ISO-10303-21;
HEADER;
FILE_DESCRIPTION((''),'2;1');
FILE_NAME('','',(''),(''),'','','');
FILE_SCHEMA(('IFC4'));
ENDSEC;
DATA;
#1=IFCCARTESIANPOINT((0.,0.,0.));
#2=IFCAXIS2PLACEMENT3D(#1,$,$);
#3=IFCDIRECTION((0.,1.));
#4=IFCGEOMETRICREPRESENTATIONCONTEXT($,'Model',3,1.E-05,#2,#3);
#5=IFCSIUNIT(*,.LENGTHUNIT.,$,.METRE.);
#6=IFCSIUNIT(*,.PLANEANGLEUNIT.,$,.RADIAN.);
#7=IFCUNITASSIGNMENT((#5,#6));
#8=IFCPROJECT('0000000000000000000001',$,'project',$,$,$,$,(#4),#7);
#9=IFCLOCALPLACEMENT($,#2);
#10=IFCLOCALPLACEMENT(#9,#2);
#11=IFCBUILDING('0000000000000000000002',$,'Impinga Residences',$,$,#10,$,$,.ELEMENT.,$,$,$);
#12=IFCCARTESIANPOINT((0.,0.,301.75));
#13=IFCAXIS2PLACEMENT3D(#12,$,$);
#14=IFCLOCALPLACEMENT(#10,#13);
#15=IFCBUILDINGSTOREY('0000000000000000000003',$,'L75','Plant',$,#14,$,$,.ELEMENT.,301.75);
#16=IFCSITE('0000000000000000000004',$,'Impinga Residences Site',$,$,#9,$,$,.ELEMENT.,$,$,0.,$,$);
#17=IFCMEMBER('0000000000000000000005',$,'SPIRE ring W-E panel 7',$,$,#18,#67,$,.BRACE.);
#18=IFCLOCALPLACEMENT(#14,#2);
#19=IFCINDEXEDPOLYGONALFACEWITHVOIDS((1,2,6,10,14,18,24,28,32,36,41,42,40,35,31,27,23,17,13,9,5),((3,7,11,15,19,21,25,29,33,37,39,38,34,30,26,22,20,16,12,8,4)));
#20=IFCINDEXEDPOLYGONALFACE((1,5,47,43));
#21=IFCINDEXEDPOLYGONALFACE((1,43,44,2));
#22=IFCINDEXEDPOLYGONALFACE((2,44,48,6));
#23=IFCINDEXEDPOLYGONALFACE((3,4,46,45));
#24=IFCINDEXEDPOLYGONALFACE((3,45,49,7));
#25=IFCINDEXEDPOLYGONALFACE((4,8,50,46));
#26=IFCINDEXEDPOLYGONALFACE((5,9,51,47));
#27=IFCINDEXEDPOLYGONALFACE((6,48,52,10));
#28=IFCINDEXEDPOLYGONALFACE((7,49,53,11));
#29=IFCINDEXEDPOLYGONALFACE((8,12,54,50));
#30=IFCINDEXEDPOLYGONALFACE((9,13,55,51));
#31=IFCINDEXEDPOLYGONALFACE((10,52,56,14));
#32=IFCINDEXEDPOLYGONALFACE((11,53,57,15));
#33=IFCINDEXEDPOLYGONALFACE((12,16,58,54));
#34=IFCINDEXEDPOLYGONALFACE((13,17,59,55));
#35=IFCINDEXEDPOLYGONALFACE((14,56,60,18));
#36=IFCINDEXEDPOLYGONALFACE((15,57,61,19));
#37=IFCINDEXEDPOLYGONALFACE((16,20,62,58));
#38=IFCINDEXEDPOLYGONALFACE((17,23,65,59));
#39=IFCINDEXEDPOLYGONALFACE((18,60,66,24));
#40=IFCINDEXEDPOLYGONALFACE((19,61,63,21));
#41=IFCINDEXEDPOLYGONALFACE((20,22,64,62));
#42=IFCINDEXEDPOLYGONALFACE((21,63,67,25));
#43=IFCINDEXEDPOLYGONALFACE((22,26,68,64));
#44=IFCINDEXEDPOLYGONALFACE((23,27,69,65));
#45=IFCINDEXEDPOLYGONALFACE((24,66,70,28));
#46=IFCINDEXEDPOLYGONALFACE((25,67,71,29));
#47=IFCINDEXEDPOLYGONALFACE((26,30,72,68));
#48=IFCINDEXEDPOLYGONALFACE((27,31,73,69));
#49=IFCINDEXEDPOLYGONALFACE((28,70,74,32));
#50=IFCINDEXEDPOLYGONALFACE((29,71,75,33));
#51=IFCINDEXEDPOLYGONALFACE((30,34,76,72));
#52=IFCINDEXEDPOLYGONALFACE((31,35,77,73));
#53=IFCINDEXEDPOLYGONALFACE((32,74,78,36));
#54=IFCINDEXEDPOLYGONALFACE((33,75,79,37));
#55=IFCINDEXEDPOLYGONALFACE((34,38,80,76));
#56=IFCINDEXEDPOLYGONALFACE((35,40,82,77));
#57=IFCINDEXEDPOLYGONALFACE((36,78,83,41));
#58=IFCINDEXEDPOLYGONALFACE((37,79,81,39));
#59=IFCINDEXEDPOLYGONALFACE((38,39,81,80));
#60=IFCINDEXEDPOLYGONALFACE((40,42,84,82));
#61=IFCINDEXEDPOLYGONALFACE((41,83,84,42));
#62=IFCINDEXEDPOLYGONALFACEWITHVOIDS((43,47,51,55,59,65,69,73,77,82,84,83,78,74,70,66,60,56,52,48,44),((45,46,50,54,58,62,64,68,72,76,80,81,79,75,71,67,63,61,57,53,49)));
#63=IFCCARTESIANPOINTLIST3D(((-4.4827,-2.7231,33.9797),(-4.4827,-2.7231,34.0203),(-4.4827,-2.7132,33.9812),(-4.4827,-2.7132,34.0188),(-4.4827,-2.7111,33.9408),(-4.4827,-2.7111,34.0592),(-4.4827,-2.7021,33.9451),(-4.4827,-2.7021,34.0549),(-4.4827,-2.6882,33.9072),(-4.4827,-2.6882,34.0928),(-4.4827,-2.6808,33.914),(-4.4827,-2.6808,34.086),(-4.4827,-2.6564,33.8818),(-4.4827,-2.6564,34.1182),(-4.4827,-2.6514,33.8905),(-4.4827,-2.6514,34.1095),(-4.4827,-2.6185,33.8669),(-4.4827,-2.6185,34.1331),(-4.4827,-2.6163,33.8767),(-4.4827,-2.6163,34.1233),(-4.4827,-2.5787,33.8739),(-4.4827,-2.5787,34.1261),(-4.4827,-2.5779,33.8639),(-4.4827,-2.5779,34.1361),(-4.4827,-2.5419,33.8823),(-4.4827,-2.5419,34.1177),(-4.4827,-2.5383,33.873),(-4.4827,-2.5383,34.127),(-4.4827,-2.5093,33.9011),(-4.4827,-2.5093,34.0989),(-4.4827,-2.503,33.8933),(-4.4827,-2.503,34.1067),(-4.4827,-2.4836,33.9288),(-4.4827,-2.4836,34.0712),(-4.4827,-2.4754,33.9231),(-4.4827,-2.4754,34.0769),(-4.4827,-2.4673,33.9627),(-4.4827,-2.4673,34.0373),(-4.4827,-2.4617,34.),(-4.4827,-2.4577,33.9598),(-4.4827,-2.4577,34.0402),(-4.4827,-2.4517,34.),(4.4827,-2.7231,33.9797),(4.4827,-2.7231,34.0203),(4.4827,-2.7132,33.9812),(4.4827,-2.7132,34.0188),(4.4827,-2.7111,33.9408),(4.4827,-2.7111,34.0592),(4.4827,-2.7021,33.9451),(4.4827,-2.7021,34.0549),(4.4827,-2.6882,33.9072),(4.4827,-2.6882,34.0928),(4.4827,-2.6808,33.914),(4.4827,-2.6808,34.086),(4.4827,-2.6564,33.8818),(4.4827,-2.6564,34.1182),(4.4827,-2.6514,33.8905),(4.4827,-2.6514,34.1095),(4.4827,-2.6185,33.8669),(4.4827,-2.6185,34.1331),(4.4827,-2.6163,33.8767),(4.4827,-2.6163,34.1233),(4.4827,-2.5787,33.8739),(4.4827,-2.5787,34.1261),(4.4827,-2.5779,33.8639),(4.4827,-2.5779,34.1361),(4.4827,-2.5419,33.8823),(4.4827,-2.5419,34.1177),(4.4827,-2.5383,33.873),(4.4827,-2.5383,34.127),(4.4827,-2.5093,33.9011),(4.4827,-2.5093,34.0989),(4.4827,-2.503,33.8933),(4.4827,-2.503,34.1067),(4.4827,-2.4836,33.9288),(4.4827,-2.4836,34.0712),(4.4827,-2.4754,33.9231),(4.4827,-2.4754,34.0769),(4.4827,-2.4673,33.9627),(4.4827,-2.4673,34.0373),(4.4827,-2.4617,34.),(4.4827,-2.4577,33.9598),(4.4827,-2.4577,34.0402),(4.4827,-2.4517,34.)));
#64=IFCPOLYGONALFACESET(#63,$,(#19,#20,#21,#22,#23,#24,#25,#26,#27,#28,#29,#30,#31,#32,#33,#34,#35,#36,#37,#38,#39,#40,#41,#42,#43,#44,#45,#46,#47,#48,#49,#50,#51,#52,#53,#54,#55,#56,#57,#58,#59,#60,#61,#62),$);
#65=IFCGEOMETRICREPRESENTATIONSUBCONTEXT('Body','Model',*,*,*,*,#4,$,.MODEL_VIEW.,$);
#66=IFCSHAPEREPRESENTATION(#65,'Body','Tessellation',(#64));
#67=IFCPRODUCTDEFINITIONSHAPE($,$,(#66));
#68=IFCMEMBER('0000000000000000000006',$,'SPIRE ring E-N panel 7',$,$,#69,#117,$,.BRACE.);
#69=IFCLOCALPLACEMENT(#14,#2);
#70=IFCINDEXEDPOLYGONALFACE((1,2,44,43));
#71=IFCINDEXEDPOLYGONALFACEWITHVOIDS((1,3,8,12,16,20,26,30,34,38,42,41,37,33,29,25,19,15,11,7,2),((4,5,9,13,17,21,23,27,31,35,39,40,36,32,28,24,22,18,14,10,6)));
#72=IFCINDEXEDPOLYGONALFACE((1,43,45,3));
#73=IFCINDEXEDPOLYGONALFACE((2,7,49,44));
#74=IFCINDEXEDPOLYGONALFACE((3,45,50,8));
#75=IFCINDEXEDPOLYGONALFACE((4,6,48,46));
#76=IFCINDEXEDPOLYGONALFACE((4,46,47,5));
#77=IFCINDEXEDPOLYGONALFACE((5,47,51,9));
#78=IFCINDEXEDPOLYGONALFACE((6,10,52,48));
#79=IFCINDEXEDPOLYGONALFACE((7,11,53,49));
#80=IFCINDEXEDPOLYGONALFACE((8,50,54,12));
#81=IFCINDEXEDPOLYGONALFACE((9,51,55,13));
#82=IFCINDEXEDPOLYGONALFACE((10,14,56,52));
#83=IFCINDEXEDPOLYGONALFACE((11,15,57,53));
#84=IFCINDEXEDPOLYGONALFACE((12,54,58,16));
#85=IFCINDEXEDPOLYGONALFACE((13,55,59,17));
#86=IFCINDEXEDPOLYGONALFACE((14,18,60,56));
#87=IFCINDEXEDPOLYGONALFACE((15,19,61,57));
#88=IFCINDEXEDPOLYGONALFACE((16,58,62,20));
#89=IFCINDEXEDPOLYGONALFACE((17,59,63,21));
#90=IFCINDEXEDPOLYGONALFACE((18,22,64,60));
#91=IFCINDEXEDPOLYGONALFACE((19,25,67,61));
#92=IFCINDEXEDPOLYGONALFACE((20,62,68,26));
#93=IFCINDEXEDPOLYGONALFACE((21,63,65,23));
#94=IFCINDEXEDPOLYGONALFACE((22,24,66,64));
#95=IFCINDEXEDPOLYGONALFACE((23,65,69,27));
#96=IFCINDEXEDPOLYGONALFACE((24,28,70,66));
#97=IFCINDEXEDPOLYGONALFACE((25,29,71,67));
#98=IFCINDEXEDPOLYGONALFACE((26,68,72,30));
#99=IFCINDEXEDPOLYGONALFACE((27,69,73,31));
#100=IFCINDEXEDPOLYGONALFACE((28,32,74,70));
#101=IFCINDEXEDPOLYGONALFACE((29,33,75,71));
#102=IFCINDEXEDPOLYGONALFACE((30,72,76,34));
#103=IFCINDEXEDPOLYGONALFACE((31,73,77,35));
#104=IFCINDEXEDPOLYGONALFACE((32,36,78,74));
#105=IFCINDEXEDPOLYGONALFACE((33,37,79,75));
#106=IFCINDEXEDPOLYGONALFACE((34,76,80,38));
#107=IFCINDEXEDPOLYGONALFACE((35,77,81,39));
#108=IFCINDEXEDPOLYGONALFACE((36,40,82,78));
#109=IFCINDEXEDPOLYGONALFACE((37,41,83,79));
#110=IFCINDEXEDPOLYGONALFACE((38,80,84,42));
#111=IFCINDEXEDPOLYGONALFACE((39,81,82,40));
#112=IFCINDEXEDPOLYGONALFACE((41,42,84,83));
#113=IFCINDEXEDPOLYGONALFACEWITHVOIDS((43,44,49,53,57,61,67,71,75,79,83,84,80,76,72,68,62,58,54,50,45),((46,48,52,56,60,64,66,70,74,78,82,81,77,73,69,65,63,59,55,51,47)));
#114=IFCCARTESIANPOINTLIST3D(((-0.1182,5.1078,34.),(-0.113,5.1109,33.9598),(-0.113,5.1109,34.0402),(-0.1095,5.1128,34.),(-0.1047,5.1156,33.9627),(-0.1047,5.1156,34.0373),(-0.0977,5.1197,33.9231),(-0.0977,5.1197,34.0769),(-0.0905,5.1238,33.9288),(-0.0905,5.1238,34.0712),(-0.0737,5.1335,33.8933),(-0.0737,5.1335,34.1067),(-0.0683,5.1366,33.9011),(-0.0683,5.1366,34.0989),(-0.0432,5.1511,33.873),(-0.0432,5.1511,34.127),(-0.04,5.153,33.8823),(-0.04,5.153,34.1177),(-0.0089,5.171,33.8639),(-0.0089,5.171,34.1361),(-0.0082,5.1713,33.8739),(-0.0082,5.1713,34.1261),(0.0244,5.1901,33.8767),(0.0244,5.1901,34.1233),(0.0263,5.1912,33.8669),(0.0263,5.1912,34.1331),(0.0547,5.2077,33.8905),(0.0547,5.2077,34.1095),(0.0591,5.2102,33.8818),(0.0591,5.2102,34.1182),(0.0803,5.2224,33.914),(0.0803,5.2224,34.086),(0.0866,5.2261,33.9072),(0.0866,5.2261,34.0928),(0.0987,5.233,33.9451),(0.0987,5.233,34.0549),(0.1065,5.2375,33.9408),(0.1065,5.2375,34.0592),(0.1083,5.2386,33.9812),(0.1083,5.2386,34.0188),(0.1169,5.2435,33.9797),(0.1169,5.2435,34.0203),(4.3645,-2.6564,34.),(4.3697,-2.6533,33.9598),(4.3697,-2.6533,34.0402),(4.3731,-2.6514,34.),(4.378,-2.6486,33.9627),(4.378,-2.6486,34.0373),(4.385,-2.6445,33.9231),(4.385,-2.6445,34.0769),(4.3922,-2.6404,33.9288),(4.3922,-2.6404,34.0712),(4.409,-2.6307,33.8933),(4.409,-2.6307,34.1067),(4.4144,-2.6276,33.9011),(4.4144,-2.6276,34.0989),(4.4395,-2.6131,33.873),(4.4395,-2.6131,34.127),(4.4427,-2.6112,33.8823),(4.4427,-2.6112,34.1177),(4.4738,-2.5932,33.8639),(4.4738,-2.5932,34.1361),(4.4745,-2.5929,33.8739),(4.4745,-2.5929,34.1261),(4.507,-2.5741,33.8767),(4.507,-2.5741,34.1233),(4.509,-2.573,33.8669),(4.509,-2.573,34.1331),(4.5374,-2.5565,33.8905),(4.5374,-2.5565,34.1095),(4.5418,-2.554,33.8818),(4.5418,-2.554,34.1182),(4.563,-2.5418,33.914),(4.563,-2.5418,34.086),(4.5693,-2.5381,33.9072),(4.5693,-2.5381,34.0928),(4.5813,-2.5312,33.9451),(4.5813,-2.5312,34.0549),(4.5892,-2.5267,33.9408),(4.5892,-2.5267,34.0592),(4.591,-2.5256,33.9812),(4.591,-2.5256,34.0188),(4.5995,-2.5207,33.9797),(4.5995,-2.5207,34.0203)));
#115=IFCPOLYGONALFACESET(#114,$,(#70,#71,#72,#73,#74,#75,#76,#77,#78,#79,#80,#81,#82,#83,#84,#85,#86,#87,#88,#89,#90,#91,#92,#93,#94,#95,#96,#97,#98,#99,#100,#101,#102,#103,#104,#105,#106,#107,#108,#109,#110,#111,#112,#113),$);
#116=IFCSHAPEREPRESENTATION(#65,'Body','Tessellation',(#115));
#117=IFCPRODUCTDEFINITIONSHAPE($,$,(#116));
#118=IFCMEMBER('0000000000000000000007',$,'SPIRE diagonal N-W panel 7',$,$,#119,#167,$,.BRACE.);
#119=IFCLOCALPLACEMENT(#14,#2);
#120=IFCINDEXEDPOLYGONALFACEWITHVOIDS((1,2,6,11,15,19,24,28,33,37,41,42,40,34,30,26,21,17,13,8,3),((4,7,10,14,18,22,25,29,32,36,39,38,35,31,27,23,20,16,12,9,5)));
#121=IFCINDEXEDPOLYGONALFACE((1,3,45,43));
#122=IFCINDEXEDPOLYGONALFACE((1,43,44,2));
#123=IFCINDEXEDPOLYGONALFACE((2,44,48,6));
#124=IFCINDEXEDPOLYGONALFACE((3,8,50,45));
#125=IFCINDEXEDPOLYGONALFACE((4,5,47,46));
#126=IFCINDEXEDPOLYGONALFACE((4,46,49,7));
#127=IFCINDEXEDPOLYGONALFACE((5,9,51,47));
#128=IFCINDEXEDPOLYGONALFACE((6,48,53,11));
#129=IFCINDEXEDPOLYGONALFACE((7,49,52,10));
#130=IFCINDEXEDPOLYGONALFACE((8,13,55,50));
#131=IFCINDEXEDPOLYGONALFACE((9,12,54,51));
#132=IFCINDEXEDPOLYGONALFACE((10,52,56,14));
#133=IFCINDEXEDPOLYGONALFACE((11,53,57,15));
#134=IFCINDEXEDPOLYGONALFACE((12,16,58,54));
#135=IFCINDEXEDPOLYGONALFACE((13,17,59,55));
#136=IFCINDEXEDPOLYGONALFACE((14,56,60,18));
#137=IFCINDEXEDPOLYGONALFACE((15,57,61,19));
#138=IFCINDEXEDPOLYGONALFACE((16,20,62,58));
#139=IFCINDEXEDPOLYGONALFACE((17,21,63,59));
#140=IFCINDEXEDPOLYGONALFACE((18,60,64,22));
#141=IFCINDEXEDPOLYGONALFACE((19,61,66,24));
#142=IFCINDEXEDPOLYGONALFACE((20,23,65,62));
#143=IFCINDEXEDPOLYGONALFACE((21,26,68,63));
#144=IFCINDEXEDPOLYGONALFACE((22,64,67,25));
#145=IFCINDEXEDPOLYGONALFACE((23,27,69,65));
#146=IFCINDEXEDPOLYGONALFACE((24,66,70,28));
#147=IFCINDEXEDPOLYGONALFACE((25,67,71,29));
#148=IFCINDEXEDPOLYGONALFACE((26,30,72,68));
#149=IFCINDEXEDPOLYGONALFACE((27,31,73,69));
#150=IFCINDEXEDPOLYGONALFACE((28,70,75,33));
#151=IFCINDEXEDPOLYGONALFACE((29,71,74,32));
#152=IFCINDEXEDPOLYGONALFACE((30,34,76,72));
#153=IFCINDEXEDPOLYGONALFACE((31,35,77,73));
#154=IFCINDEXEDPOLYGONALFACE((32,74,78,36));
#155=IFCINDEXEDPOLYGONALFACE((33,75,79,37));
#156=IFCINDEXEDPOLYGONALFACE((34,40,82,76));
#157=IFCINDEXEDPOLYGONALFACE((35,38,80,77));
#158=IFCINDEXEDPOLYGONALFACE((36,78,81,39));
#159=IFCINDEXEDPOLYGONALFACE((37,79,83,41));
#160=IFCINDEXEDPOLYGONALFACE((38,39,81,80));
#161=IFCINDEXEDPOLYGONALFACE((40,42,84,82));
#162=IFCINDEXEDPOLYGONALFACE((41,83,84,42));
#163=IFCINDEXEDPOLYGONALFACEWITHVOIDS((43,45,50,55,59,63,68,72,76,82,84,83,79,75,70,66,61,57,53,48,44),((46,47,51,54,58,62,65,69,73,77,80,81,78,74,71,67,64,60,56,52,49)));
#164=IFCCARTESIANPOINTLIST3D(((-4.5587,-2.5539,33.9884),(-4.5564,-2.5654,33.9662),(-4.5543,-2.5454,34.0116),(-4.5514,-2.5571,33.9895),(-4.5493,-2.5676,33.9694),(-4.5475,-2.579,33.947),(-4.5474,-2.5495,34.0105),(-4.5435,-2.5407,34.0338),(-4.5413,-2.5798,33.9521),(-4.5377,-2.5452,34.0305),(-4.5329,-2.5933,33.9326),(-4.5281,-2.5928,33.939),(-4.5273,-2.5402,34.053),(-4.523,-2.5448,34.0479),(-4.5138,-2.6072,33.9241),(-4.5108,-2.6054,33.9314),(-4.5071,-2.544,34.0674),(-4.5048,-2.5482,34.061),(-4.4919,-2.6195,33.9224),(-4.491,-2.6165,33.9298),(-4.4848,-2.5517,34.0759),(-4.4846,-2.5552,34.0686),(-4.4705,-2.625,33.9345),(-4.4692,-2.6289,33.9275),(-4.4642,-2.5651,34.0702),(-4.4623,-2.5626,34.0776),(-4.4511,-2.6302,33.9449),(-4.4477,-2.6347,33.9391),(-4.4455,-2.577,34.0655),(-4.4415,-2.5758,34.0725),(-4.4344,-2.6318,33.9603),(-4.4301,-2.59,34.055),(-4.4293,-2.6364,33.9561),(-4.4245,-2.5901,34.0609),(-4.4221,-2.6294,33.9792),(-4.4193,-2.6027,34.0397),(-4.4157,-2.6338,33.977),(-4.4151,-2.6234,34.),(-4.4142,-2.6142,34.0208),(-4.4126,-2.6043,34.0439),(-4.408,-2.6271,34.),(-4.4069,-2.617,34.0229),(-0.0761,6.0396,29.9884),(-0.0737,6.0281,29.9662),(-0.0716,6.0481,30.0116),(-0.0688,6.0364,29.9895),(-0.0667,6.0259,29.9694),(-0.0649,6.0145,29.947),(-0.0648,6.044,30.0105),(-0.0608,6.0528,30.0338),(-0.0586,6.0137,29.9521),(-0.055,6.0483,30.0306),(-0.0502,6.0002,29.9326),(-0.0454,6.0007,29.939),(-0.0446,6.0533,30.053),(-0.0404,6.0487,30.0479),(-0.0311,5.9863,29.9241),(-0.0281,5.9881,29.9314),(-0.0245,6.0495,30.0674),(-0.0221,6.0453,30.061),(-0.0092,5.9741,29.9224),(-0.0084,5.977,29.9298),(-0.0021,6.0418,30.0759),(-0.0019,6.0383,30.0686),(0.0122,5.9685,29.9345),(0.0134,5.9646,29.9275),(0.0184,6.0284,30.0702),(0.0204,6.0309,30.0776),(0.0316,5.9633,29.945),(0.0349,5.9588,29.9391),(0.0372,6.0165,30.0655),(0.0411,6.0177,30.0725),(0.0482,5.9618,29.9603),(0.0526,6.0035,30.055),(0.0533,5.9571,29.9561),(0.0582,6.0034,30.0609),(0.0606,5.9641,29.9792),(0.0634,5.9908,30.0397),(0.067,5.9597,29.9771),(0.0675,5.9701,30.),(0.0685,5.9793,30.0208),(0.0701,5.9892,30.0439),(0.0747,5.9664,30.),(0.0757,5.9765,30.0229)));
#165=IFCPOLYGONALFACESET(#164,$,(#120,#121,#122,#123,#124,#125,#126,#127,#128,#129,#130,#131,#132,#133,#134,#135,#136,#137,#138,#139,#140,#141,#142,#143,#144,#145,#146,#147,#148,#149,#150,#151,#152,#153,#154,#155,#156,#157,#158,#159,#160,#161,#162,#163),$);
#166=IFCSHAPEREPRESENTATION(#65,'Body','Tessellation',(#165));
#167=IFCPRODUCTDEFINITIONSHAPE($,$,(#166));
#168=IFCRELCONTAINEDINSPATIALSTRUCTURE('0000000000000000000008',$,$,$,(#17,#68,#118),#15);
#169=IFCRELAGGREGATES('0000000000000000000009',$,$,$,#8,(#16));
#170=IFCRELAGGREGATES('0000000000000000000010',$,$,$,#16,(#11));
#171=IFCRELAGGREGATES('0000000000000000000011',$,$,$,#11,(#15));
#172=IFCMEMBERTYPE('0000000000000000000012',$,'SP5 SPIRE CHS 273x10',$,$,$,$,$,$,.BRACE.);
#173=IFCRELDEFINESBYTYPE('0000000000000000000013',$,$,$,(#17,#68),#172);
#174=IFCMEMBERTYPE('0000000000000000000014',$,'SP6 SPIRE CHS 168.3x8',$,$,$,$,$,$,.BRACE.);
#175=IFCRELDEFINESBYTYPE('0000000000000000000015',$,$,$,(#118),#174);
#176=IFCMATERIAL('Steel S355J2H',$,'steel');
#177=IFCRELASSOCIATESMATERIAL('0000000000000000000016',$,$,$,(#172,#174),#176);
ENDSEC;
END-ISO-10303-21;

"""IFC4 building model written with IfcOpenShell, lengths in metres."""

from ifc_helpers import new_model, si_unit, direction, frame, origin, origin_2d, place, context, subcontext, project, spatial, hollow_circle, extrude, material, material_profile, profile_set, type_object, element, save


model = new_model("IFC4")

# Units and contexts
model_context = context("Model", 3, precision=1e-05, world=origin(), true_north=direction((0.0, 1.0)))
body_context = subcontext(model_context, "Body", "Model", "MODEL_VIEW")
ifc_project = project(units=[si_unit("LENGTHUNIT", "METRE"), si_unit("PLANEANGLEUNIT", "RADIAN")], contexts=[model_context])

# Site, building, storey
site_placement = place(None, origin())
site = spatial("IfcSite", under=ifc_project, at=site_placement, Name="Impinga Residences Site", CompositionType="ELEMENT", RefElevation=0.0)
building_placement = place(site_placement, origin())
building = spatial("IfcBuilding", under=site, at=building_placement, Name="Impinga Residences", CompositionType="ELEMENT")
storey_placement = place(building_placement, frame((0.0, 0.0, 301.75)))
storey = spatial("IfcBuildingStorey", under=building, at=storey_placement, Name="L75", Description="Plant", CompositionType="ELEMENT", Elevation=301.75)

# Members
ifc_material = material(Name="Steel S355J2H", Category="steel")
ifc_material_profile_1 = material_profile(ifc_material, hollow_circle(Radius=0.1365, WallThickness=0.01, at=origin_2d()), Name="CHS 273x10")
ifc_profile_set_1 = profile_set([ifc_material_profile_1], Name="Steel S355J2H")
member_type_1 = type_object("IfcMemberType", Name="SP5 SPIRE CHS 273x10", PredefinedType="BRACE", material=ifc_profile_set_1)
for number, where, z_axis, x_axis, name in (
    (1, (-4.4827, -2.5881, 34.0), (1.0, 0.0, 0.0), (0.0, 1.0, 0.0), "SPIRE ring W-E panel 7"),
    (2, (4.4827, -2.5881, 34.0), (-0.500002, 0.866024, 0.0), (-0.866024, -0.500002, 0.0), "SPIRE ring E-N panel 7"),
):
    element("IfcMember", number, at=place(storey_placement, frame(where, z_axis=z_axis, x_axis=x_axis)), inside=storey, type_object=member_type_1, Name=name, PredefinedType="BRACE", context=body_context, shape_type="SweptSolid", body=[
        extrude(hollow_circle(Radius=0.1365, WallThickness=0.01, at=origin_2d()), origin(), (0.0, 0.0, 1.0), 8.9653),
    ])
ifc_material_profile_2 = material_profile(ifc_material, hollow_circle(Radius=0.0842, WallThickness=0.0081, at=origin_2d()), Name="CHS 168.3x8")
ifc_profile_set_2 = profile_set([ifc_material_profile_2], Name="Steel S355J2H")
member_type_2 = type_object("IfcMemberType", Name="SP6 SPIRE CHS 168.3x8", PredefinedType="BRACE", material=ifc_profile_set_2)
for number, where, z_axis, x_axis, name in (
    (3, (0.0, 6.0054, 30.0), (-0.427517, -0.819572, 0.381485), (0.886623, -0.462493, 0.0), "SPIRE diagonal N-W panel 7"),
):
    element("IfcMember", number, at=place(storey_placement, frame(where, z_axis=z_axis, x_axis=x_axis)), inside=storey, type_object=member_type_2, Name=name, PredefinedType="BRACE", context=body_context, shape_type="SweptSolid", body=[
        extrude(hollow_circle(Radius=0.0842, WallThickness=0.0081, at=origin_2d()), origin(), (0.0, 0.0, 1.0), 10.4854),
    ])

save(model, "model.ifc")
